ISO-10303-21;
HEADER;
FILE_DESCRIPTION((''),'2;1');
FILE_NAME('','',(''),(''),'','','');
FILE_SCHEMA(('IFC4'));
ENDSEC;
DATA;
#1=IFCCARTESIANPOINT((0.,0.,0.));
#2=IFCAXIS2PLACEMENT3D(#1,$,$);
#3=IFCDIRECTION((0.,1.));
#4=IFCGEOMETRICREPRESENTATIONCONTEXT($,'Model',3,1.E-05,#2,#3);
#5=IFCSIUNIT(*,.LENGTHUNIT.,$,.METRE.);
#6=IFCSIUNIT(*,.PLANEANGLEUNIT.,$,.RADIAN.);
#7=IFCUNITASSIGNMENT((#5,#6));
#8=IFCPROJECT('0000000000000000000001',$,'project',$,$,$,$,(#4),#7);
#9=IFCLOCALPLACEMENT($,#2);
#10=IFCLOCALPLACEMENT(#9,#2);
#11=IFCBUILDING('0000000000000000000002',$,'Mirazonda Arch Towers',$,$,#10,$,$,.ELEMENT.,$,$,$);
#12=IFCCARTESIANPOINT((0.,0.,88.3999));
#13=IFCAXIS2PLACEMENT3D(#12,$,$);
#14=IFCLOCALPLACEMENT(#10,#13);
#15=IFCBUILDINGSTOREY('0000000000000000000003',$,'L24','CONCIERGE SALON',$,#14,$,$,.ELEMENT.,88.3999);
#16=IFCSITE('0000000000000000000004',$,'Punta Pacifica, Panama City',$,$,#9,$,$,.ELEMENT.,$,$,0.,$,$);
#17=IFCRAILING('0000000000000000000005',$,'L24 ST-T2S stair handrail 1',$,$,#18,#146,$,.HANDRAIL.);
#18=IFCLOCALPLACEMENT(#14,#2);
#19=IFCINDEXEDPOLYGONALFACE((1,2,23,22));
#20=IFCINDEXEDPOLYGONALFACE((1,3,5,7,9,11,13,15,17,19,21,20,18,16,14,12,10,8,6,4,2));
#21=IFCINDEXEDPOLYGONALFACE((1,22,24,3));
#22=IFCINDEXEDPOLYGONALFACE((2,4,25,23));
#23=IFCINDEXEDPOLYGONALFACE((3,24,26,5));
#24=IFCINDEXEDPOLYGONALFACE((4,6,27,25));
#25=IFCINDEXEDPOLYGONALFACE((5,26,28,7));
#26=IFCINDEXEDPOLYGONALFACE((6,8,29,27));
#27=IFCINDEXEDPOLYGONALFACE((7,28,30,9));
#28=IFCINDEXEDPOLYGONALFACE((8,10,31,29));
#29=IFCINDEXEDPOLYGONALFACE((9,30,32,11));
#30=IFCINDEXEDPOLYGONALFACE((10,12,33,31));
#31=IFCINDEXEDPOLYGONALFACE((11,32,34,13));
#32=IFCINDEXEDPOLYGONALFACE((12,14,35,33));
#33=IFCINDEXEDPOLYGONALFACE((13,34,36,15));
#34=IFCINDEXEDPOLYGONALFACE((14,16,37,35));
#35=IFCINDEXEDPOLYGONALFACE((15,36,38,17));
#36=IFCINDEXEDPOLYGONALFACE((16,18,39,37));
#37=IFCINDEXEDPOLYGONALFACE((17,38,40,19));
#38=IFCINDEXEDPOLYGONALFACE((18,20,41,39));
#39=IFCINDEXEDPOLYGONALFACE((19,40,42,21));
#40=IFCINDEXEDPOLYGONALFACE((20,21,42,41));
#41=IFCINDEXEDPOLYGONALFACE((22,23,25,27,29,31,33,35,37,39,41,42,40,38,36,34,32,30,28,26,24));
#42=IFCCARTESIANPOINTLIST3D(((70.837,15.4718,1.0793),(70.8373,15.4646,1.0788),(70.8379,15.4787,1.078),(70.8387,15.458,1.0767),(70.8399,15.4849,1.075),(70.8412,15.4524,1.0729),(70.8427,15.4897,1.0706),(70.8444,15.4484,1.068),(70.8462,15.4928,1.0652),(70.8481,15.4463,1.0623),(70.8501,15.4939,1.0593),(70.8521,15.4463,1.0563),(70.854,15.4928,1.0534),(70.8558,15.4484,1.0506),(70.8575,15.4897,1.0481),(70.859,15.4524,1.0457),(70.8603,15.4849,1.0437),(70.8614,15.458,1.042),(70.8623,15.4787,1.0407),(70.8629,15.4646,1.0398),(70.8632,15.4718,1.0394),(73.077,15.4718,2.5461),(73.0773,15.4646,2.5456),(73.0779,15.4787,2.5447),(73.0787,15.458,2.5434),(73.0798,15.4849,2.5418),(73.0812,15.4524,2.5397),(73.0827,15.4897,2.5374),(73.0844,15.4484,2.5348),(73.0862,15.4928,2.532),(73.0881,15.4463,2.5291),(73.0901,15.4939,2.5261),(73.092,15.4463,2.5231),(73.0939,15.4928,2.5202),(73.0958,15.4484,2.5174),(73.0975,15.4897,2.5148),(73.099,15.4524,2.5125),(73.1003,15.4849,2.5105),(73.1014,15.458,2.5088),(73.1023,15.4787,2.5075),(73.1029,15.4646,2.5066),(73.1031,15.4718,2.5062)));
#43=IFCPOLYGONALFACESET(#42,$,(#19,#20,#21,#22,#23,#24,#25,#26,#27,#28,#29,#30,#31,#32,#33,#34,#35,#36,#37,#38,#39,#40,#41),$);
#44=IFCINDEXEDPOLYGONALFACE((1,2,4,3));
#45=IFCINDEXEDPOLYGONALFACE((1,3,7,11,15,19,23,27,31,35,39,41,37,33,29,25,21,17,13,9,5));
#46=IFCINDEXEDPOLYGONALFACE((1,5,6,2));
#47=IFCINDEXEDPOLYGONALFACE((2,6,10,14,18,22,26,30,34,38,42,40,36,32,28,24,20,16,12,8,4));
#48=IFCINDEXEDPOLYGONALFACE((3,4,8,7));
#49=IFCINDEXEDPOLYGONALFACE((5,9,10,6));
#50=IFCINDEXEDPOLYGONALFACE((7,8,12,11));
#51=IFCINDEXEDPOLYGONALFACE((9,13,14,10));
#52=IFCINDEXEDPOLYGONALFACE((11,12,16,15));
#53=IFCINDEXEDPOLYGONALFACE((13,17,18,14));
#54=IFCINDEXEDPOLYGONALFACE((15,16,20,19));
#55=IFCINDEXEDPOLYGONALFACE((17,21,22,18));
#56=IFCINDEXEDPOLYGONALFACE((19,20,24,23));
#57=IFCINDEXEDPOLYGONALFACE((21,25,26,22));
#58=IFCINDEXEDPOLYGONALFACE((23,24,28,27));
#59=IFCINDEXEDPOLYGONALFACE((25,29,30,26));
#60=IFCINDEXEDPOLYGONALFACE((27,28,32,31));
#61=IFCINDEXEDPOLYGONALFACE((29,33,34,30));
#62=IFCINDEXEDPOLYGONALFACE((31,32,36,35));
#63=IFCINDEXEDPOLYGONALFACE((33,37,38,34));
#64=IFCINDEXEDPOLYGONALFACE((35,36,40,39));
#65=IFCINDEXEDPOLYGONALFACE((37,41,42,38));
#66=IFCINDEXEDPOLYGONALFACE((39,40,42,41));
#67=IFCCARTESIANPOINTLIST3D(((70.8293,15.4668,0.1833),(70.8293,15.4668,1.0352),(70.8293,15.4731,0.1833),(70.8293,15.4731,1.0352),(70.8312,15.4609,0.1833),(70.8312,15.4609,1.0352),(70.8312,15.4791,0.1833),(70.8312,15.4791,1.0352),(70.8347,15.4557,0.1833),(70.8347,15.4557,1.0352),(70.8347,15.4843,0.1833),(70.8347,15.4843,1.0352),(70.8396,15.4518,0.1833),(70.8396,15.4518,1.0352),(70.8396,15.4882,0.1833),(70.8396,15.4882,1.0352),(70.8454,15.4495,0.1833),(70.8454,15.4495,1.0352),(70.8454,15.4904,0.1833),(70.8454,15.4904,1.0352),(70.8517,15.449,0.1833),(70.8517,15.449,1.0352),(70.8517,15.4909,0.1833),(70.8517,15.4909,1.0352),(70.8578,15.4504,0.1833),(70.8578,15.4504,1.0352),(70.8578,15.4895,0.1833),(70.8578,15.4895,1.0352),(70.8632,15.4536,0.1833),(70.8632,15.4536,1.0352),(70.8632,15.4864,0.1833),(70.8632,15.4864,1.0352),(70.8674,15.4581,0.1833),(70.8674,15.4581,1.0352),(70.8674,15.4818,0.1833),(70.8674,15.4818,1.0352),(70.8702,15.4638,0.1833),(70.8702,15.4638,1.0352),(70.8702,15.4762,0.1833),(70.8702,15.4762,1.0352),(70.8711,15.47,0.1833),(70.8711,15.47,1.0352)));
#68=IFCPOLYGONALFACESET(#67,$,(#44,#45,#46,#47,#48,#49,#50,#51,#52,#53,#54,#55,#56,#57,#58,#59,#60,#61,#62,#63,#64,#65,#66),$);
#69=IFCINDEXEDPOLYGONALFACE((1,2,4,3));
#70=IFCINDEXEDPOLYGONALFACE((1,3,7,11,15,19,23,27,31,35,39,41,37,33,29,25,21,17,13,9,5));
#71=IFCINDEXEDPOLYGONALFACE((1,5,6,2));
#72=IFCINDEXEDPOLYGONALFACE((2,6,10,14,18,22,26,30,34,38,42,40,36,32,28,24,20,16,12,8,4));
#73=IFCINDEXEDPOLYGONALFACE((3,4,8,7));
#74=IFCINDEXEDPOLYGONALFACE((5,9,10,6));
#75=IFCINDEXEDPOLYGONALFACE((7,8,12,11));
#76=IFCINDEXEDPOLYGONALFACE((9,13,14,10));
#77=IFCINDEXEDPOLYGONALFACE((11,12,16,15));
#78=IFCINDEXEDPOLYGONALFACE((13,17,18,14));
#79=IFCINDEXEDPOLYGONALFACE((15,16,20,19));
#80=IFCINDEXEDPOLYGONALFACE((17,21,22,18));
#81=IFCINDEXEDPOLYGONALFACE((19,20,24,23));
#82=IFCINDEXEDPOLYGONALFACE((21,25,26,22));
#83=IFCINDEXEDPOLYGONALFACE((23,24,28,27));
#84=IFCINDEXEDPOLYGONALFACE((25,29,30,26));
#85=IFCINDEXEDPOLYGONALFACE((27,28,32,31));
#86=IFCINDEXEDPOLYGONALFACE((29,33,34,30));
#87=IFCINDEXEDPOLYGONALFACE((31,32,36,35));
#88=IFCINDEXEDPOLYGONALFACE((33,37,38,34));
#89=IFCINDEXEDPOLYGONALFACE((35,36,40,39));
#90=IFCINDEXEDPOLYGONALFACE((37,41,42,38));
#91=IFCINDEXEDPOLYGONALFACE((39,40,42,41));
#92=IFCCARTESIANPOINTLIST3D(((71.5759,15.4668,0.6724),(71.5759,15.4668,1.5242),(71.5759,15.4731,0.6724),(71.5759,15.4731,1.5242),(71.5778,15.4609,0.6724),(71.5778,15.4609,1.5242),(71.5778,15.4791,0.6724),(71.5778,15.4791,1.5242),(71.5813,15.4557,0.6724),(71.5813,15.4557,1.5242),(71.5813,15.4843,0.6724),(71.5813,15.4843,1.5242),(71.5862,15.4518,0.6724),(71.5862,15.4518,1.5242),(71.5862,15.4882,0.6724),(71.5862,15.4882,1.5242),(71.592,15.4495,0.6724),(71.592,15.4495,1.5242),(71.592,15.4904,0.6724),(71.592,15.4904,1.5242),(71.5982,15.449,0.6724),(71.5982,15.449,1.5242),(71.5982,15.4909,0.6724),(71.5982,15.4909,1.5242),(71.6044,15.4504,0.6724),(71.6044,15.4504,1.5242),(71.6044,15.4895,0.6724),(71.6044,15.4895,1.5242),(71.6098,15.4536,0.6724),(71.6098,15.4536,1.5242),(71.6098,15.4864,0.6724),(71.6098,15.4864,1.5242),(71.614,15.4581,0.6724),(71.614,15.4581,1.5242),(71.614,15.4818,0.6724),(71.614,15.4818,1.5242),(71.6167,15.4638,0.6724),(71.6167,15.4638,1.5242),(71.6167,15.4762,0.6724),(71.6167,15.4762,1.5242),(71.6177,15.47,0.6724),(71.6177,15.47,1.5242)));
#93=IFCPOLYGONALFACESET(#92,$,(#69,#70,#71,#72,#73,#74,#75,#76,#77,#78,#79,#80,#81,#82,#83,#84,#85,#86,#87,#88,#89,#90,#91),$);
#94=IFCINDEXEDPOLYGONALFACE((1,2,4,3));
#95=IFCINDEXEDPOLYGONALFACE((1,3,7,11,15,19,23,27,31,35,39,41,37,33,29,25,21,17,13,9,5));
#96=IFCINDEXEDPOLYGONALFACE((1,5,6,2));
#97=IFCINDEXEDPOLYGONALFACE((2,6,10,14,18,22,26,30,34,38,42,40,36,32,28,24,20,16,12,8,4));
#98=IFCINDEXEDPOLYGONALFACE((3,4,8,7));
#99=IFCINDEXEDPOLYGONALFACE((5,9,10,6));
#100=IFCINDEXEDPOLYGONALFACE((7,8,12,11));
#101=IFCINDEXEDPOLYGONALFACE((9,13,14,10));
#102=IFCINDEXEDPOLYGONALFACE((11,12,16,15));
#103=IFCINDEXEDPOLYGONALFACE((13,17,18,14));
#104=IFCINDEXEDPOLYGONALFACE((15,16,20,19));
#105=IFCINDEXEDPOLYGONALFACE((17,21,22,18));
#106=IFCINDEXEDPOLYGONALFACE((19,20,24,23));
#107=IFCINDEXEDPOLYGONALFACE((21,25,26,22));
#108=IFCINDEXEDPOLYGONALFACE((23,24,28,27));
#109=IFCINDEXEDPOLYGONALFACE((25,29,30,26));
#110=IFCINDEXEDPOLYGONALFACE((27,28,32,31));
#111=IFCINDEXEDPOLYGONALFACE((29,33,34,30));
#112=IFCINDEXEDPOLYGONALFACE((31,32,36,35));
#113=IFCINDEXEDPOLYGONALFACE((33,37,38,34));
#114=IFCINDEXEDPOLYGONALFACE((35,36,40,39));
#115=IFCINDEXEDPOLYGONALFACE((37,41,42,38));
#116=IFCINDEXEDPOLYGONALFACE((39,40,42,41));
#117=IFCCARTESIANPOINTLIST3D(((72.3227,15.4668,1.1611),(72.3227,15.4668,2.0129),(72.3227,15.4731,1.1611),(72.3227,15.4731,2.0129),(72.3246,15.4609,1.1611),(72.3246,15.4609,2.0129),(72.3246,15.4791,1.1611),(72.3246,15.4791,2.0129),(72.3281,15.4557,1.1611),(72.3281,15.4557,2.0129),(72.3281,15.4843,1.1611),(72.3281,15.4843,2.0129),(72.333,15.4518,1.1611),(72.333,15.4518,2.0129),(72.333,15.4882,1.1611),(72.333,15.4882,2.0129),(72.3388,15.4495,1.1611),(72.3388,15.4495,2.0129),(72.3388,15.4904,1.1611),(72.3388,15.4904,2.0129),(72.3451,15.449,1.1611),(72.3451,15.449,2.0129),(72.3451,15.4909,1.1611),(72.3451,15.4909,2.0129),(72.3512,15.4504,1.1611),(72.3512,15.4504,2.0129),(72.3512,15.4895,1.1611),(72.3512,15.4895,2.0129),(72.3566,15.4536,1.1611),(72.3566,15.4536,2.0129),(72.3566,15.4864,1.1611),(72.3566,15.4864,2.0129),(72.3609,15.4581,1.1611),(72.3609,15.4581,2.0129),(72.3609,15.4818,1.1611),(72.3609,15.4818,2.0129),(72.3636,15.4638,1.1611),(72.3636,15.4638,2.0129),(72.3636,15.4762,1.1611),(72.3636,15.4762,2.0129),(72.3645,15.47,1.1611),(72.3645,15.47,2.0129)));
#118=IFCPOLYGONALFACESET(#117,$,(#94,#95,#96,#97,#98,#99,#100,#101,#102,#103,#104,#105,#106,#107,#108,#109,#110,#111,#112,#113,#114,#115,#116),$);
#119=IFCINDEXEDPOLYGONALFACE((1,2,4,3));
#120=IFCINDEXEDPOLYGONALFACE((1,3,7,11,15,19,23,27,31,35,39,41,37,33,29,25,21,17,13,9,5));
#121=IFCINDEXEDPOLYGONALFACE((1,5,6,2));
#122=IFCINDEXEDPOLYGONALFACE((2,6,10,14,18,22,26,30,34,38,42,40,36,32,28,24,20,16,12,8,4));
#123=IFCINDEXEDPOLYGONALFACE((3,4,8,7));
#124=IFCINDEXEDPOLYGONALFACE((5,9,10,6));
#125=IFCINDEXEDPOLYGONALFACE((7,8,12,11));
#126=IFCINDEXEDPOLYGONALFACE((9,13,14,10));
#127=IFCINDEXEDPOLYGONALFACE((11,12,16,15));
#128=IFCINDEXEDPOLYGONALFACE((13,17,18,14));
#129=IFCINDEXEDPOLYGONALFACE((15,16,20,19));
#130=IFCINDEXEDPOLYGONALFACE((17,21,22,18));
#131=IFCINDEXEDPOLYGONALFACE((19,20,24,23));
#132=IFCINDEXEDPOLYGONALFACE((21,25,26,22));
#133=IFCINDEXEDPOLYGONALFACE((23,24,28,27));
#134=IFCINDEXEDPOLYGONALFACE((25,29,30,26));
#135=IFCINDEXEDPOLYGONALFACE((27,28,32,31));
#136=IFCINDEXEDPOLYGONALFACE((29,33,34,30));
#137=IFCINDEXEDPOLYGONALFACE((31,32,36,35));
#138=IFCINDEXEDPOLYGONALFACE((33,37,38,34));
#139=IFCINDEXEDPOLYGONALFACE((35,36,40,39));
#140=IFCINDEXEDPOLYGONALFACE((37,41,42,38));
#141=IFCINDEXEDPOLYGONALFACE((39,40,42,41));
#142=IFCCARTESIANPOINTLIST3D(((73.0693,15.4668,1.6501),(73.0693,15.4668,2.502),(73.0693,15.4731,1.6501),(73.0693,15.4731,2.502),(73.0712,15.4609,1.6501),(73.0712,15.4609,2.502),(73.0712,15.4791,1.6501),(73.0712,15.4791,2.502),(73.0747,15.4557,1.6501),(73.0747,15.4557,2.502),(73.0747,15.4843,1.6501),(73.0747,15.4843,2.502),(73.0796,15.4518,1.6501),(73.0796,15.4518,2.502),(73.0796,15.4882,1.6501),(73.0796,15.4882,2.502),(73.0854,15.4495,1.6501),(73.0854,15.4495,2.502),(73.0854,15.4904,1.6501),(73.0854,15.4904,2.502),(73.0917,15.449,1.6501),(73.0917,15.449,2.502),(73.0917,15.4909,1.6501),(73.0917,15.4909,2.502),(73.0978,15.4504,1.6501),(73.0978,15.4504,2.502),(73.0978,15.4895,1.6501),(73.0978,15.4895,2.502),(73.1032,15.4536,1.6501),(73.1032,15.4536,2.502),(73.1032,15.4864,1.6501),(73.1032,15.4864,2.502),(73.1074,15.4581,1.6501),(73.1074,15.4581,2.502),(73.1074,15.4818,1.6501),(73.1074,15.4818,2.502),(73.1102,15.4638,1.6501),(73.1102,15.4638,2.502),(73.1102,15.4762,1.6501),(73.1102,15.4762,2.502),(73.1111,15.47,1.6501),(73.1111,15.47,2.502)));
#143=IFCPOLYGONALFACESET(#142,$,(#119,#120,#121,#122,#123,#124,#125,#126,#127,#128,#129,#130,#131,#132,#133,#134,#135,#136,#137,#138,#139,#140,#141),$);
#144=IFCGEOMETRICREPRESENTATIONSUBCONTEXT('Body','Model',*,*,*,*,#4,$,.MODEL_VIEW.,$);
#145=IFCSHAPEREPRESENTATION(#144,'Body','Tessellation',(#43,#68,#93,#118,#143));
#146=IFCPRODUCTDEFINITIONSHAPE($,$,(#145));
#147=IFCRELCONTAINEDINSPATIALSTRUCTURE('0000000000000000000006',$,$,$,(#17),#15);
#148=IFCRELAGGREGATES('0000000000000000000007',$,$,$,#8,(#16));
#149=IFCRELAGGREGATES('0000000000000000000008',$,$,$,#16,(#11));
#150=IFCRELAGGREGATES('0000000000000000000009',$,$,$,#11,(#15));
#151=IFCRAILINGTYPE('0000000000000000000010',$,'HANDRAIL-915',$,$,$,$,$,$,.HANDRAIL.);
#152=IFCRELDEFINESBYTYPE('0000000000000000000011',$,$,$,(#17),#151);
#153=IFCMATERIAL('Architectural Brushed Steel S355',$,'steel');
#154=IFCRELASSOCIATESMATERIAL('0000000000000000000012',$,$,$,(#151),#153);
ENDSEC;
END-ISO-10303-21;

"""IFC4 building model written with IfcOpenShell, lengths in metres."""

from ifc_helpers import new_model, si_unit, direction, frame, origin, origin_2d, place, context, subcontext, project, spatial, circle, extrude, material, type_object, element, save


model = new_model("IFC4")

# Units and contexts
model_context = context("Model", 3, precision=1e-05, world=origin(), true_north=direction((0.0, 1.0)))
body_context = subcontext(model_context, "Body", "Model", "MODEL_VIEW")
ifc_project = project(units=[si_unit("LENGTHUNIT", "METRE"), si_unit("PLANEANGLEUNIT", "RADIAN")], contexts=[model_context])

# Site, building, storey
site_placement = place(None, origin())
site = spatial("IfcSite", under=ifc_project, at=site_placement, Name="Punta Pacifica, Panama City", CompositionType="ELEMENT", RefElevation=0.0)
building_placement = place(site_placement, origin())
building = spatial("IfcBuilding", under=site, at=building_placement, Name="Mirazonda Arch Towers", CompositionType="ELEMENT")
storey_placement = place(building_placement, frame((0.0, 0.0, 88.3999)))
storey = spatial("IfcBuildingStorey", under=building, at=storey_placement, Name="L24", Description="CONCIERGE SALON", CompositionType="ELEMENT", Elevation=88.3999)

# Shared definitions
ifc_material_1 = material(Name="Architectural Brushed Steel S355", Category="steel")

# Railing
railing_type_1 = type_object("IfcRailingType", Name="HANDRAIL-915", PredefinedType="HANDRAIL", material=ifc_material_1)
railing_1_placement = place(storey_placement, frame((70.8501, 15.47, 0.1833)))
element("IfcRailing", 1, at=railing_1_placement, inside=storey, type_object=railing_type_1, Name="L24 ST-T2S stair handrail 1", PredefinedType="HANDRAIL", context=body_context, shape_type="SweptSolid", body=[
    extrude(circle(Radius=0.0239, at=origin_2d()), frame((0.0, 0.0, 0.876), z_axis=(0.836595, 0.0, 0.547822), x_axis=(0.0, 1.0, 0.0)), (0.0, 0.0, 1.0), 2.6775),
    extrude(circle(Radius=0.021, at=origin_2d()), origin(), (0.0, 0.0, 1.0), 0.8518),
    extrude(circle(Radius=0.021, at=origin_2d()), frame((0.7466, 0.0, 0.489)), (0.0, 0.0, 1.0), 0.8518),
    extrude(circle(Radius=0.021, at=origin_2d()), frame((1.4934, 0.0, 0.9778)), (0.0, 0.0, 1.0), 0.8518),
    extrude(circle(Radius=0.021, at=origin_2d()), frame((2.24, 0.0, 1.4668)), (0.0, 0.0, 1.0), 0.8518),
])

save(model, "model.ifc")
